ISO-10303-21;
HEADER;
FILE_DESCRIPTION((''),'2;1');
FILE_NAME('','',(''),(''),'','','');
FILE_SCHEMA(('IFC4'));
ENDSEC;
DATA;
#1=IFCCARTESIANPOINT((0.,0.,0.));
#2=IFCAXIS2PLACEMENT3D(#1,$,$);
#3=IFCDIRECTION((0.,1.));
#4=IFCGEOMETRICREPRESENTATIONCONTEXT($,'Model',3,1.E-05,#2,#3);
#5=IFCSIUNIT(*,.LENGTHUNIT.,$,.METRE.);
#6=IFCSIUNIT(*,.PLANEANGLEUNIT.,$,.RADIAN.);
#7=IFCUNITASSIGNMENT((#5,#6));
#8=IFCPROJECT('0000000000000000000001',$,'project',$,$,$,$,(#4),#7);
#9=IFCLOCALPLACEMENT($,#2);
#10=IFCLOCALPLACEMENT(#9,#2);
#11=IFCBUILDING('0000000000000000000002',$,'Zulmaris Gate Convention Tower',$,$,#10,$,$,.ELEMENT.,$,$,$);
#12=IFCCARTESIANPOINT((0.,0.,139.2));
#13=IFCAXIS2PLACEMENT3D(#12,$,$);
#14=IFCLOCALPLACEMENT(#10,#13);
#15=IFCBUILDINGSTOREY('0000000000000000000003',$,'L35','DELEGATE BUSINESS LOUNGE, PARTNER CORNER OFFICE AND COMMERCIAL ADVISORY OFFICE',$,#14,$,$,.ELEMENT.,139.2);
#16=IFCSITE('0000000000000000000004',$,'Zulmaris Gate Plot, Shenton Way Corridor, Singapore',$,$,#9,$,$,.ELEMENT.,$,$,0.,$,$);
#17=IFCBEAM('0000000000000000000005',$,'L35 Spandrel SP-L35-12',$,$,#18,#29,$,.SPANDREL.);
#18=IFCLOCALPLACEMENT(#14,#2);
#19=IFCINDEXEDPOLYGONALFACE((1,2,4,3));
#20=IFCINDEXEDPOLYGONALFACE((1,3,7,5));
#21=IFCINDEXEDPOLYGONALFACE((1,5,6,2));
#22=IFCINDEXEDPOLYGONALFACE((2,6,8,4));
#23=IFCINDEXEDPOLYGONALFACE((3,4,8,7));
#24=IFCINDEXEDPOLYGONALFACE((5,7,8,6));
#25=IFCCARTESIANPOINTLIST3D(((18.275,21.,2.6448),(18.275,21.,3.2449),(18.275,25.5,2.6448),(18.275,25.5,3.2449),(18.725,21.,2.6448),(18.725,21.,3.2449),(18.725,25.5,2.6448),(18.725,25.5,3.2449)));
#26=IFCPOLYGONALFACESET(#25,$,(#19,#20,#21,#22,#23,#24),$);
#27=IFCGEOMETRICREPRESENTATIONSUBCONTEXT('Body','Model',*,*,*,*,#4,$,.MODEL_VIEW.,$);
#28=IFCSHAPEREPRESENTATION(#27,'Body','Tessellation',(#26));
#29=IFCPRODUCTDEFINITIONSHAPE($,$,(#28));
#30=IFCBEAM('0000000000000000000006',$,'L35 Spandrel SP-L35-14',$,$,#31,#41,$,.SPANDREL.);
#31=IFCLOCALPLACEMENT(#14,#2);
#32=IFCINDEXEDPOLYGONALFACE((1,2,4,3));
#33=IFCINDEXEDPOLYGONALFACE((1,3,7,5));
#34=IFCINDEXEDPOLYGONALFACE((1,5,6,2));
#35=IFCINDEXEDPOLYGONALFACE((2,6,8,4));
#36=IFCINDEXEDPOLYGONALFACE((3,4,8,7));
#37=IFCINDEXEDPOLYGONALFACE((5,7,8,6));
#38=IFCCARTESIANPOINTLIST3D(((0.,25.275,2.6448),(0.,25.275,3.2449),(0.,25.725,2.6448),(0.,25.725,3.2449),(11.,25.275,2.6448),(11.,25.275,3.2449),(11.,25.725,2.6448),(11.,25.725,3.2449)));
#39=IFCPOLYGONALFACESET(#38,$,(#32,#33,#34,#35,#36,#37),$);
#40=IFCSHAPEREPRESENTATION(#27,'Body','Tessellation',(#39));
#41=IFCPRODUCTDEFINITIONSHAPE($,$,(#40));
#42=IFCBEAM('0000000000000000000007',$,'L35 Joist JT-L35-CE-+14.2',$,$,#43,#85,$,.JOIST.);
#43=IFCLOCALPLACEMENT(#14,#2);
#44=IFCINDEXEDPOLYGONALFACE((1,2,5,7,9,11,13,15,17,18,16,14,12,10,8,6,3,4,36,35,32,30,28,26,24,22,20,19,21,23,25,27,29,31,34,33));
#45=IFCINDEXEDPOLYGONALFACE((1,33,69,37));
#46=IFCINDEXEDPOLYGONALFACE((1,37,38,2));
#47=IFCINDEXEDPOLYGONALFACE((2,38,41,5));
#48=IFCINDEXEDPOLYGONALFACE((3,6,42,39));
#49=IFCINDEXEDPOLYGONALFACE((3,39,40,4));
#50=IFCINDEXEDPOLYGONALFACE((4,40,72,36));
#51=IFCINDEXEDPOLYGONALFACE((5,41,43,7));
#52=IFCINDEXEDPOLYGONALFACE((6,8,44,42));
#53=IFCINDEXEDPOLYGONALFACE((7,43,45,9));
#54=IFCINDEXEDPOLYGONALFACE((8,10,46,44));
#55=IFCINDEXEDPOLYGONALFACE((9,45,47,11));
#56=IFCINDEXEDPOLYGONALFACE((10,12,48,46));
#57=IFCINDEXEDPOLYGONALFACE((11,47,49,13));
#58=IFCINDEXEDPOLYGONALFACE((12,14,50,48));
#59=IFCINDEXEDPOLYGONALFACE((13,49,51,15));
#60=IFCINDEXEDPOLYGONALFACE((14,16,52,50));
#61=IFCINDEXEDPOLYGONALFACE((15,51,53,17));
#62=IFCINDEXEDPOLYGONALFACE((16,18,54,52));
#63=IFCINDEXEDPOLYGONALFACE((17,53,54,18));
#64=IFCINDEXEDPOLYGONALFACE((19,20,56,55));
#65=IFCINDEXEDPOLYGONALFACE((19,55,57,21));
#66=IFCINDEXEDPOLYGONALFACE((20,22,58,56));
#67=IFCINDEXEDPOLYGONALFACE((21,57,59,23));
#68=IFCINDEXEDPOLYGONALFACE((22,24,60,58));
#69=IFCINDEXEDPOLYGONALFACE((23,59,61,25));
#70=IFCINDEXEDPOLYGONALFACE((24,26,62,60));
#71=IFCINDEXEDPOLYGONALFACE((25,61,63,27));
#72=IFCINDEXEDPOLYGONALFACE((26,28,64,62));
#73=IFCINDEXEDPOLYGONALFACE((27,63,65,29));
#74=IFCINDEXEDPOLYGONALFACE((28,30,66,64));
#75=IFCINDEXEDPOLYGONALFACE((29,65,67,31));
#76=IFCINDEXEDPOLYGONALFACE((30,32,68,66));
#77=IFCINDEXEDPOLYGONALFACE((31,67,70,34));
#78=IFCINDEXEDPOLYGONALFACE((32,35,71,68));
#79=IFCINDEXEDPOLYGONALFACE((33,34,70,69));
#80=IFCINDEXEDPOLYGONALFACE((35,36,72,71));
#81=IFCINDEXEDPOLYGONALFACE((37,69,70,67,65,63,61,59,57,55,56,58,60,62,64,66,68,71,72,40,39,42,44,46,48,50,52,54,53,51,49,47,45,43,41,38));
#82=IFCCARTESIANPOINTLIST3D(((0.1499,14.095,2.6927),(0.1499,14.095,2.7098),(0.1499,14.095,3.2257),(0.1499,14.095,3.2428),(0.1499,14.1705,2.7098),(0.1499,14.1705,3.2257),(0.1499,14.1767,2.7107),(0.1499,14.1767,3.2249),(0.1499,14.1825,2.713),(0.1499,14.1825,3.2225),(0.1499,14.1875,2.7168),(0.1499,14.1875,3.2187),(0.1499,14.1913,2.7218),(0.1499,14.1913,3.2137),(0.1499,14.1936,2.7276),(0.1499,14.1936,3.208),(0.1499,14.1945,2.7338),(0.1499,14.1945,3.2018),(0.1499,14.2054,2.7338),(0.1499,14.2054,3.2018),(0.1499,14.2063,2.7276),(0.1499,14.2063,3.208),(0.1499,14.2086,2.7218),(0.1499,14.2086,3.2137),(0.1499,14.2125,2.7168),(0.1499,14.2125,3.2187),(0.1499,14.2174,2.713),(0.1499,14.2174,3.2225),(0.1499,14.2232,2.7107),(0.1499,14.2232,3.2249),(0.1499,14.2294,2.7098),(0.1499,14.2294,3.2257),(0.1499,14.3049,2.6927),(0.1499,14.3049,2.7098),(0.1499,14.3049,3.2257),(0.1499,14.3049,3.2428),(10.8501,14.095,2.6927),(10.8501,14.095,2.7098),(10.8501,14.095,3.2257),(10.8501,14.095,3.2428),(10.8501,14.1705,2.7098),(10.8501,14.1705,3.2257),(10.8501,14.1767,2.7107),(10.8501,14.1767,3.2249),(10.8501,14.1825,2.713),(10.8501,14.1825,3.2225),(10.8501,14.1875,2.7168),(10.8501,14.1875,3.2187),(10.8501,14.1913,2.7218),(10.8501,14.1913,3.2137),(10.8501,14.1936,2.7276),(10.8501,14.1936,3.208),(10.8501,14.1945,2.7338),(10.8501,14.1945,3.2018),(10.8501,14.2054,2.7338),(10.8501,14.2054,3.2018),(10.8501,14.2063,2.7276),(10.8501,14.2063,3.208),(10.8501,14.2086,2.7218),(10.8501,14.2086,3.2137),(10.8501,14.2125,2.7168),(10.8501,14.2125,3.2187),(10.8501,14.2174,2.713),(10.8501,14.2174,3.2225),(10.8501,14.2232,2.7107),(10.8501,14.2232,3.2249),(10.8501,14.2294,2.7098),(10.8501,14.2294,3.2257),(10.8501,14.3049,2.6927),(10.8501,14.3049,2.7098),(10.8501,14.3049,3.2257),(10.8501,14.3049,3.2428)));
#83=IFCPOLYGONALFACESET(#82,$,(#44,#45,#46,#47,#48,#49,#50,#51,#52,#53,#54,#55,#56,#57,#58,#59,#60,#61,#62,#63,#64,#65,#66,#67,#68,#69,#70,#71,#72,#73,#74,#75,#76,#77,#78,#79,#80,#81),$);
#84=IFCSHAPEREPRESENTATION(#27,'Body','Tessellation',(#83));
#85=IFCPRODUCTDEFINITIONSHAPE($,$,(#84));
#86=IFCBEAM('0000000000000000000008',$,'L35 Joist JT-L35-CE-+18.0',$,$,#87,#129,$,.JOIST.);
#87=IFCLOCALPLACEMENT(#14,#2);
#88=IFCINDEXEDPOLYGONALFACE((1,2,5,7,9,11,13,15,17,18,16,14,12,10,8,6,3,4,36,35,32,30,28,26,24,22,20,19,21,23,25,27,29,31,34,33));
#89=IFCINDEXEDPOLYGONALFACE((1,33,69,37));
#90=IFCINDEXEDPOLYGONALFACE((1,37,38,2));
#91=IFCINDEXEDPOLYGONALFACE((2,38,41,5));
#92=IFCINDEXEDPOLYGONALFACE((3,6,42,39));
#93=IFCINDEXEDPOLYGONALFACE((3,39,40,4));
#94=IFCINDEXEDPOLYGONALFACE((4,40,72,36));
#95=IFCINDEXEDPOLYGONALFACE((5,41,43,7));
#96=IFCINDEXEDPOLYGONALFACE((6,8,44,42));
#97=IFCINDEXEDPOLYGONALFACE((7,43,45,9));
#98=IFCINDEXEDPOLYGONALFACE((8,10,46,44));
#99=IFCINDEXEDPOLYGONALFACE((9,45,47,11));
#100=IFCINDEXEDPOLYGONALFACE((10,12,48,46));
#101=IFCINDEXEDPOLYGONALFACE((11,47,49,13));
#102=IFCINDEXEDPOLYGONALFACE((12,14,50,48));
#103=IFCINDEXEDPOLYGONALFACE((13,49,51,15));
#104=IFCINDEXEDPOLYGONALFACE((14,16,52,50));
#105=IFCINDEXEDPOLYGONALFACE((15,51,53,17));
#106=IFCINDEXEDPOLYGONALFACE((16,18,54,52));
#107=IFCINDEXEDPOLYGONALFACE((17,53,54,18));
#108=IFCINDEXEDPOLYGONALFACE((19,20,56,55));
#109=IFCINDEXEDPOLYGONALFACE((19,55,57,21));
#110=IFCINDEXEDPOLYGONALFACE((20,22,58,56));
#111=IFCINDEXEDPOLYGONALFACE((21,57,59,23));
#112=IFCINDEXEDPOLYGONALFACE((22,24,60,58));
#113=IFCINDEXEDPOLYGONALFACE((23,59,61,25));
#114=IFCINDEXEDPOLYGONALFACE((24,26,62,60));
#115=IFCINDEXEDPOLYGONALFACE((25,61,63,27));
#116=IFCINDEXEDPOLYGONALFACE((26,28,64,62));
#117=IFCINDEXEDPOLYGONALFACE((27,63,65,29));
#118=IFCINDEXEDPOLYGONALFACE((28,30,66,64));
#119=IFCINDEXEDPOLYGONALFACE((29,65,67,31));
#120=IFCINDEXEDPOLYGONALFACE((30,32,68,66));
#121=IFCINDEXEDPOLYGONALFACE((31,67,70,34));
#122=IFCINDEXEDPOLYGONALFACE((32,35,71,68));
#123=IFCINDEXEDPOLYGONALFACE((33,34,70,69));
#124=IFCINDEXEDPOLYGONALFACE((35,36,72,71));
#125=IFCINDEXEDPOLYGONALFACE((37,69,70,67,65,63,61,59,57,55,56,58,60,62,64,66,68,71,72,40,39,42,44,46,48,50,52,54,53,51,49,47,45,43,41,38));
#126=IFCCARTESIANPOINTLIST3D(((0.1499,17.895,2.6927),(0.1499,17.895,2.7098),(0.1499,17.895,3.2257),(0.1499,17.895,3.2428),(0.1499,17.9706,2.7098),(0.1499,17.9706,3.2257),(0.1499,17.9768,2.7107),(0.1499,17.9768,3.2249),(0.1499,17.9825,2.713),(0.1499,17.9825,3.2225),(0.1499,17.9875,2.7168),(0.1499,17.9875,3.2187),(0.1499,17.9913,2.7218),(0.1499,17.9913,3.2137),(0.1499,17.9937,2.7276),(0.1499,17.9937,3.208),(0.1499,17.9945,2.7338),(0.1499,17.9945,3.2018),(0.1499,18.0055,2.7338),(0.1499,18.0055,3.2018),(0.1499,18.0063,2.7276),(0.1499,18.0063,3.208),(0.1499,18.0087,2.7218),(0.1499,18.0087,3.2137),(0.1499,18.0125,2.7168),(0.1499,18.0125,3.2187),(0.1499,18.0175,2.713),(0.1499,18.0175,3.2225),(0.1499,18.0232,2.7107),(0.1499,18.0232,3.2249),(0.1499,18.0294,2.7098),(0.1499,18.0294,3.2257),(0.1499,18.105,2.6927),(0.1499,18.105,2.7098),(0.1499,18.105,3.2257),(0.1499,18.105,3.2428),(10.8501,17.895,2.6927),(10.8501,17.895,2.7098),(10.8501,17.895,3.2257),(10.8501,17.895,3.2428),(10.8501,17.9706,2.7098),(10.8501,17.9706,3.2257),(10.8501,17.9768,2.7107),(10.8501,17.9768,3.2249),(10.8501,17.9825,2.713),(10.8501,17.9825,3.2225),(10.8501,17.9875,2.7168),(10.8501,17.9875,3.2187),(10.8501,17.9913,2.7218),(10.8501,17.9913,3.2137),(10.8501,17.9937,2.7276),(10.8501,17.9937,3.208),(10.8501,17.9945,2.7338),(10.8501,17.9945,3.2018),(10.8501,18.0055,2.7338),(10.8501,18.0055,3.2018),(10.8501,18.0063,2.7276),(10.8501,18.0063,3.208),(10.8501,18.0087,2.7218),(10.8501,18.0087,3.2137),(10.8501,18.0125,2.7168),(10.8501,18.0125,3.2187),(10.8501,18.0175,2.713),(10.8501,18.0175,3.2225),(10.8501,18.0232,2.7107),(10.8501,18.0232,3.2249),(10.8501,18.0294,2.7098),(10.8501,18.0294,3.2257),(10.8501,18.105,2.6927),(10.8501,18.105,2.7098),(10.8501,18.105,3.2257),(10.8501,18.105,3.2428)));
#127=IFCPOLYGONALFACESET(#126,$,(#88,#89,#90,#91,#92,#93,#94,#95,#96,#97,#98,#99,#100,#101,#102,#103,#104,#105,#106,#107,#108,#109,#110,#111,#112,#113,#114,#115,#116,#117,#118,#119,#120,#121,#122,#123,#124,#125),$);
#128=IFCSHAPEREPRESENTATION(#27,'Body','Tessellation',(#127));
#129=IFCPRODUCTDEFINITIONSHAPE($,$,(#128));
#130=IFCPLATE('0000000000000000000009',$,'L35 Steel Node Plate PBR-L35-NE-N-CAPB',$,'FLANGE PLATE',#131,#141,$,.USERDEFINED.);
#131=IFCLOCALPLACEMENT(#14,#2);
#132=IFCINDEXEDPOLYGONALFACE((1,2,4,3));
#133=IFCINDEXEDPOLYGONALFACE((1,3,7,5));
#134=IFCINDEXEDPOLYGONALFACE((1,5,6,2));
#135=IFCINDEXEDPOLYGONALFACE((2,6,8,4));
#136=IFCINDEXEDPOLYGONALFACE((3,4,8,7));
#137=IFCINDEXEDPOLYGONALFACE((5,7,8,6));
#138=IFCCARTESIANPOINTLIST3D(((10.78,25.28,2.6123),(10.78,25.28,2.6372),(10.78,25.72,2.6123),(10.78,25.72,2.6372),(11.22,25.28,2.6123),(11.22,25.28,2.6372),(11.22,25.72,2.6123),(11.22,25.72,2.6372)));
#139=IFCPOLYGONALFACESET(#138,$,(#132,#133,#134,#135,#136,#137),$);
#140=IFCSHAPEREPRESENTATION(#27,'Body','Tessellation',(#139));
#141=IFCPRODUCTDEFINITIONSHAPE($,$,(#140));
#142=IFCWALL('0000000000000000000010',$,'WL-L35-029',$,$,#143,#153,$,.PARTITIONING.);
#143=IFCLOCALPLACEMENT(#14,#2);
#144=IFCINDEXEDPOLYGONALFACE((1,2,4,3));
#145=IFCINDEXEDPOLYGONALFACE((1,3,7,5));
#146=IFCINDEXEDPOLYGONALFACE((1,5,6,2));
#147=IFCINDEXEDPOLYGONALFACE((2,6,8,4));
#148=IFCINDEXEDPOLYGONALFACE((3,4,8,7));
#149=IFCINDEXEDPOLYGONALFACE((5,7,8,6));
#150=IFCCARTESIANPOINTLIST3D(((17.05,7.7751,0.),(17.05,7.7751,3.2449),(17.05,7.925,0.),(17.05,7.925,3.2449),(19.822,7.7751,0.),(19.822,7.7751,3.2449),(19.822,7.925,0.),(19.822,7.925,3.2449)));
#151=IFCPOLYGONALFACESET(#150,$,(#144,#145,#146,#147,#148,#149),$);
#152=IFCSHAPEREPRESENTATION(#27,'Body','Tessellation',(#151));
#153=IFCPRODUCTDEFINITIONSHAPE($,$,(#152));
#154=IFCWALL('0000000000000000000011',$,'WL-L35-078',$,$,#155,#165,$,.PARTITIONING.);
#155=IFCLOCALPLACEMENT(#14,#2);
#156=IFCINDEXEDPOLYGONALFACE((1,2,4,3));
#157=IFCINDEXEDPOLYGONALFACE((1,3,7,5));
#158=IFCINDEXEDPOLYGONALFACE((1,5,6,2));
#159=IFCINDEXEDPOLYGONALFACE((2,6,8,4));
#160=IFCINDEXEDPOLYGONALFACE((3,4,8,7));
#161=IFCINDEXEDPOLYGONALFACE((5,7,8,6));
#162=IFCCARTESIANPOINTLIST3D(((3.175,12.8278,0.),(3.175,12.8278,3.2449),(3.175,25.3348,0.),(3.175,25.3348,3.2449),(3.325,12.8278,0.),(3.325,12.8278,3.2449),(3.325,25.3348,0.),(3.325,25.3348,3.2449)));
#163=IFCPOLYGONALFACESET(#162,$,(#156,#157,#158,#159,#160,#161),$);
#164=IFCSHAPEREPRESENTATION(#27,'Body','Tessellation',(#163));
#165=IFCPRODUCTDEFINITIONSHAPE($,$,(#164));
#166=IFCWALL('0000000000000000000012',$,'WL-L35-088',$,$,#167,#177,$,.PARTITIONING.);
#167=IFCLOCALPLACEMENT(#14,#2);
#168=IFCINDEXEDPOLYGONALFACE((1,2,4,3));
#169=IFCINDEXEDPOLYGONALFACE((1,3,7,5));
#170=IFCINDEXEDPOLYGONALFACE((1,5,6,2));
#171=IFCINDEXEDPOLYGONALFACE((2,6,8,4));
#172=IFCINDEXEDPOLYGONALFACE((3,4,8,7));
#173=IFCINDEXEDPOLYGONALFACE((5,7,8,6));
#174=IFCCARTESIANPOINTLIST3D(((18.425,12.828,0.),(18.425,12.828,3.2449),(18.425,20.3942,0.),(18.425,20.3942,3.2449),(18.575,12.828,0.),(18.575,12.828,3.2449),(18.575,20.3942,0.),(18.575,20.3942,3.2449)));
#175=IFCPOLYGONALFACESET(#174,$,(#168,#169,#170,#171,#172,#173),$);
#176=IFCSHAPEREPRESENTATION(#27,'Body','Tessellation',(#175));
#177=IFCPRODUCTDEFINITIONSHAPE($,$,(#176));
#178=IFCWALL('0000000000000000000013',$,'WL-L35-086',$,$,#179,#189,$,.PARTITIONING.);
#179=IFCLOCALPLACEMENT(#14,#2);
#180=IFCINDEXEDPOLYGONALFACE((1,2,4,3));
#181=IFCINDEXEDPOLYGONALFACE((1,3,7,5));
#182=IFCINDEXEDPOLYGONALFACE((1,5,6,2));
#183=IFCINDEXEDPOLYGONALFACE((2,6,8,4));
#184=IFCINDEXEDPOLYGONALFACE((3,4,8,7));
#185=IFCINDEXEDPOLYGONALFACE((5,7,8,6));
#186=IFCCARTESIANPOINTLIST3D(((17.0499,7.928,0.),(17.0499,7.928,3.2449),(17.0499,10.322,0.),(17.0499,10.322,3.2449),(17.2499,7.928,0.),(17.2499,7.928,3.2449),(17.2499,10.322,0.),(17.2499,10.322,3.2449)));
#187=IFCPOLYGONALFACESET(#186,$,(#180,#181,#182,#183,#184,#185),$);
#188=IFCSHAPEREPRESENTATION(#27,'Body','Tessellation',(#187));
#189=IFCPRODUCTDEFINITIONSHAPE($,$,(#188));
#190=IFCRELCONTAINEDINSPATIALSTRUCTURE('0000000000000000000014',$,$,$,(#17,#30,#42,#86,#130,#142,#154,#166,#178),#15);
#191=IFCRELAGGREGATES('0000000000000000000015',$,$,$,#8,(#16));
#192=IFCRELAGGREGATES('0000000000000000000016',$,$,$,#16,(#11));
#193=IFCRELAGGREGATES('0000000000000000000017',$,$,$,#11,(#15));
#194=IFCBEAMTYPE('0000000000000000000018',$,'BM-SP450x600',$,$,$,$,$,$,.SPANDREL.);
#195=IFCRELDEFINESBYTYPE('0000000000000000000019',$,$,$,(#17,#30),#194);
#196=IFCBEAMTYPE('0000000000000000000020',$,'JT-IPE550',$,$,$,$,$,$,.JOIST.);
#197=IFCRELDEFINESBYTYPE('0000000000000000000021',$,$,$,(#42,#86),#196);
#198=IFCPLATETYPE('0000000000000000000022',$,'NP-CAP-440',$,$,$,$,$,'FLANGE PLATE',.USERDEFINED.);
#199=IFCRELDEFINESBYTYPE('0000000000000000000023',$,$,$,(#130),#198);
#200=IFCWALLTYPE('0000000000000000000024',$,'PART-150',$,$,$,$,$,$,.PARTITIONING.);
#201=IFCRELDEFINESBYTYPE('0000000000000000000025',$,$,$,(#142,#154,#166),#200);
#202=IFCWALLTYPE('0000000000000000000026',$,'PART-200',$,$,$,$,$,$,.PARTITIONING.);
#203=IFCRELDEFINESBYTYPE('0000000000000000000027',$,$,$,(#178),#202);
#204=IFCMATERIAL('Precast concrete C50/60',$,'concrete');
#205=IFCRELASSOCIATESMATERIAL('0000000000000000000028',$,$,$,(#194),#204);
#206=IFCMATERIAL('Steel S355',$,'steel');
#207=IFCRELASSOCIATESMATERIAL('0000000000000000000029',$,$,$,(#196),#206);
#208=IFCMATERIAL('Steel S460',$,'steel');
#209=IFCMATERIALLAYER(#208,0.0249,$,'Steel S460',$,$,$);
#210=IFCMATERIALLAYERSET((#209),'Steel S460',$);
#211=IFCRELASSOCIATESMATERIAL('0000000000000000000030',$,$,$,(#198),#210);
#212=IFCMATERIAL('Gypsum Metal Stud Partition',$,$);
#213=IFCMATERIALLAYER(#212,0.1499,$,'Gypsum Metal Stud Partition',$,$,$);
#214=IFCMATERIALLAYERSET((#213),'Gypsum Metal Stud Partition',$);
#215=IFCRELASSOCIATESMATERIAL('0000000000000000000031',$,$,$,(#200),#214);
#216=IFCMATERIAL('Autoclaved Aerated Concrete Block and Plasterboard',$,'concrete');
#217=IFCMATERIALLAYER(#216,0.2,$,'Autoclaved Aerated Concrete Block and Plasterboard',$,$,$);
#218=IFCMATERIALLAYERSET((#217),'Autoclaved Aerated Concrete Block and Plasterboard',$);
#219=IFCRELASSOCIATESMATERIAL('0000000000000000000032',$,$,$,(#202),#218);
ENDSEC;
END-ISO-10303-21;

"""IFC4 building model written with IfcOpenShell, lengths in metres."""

from ifc_helpers import new_model, si_unit, direction, frame, frame_2d, origin, origin_2d, place, context, subcontext, project, spatial, rectangle, i_section, extrude, material, layer, layer_set, material_profile, profile_set, type_object, element, save


model = new_model("IFC4")

# Units and contexts
model_context = context("Model", 3, precision=1e-05, world=origin(), true_north=direction((0.0, 1.0)))
body_context = subcontext(model_context, "Body", "Model", "MODEL_VIEW")
ifc_project = project(units=[si_unit("LENGTHUNIT", "METRE"), si_unit("PLANEANGLEUNIT", "RADIAN")], contexts=[model_context])

# Site, building, storey
site_placement = place(None, origin())
site = spatial("IfcSite", under=ifc_project, at=site_placement, Name="Zulmaris Gate Plot, Shenton Way Corridor, Singapore", CompositionType="ELEMENT", RefElevation=0.0)
building_placement = place(site_placement, origin())
building = spatial("IfcBuilding", under=site, at=building_placement, Name="Zulmaris Gate Convention Tower", CompositionType="ELEMENT")
storey_placement = place(building_placement, frame((0.0, 0.0, 139.2)))
storey = spatial("IfcBuildingStorey", under=building, at=storey_placement, Name="L35", Description="DELEGATE BUSINESS LOUNGE, PARTNER CORNER OFFICE AND COMMERCIAL ADVISORY OFFICE", CompositionType="ELEMENT", Elevation=139.2)

# Beams
ifc_material_1 = material(Name="Steel S355", Category="steel")
ifc_material_2 = material(Name="Precast concrete C50/60", Category="concrete")
ifc_material_profile_1 = material_profile(ifc_material_2, rectangle(XDim=0.45, YDim=0.6001, at=origin_2d()), Name="RC SPANDREL 450x600")
ifc_profile_set_1 = profile_set([ifc_material_profile_1], Name="Precast concrete C50/60")
beam_type_1 = type_object("IfcBeamType", Name="BM-SP450x600", PredefinedType="SPANDREL", material=ifc_profile_set_1)
beam_1_placement = place(storey_placement, frame((18.5, 21.0, 2.9448), z_axis=(0.0, 1.0, 0.0), x_axis=(-1.0, 0.0, 0.0)))
element("IfcBeam", 1, at=beam_1_placement, inside=storey, type_object=beam_type_1, Name="L35 Spandrel SP-L35-12", PredefinedType="SPANDREL", context=body_context, shape_type="SweptSolid", body=[
    extrude(rectangle(XDim=0.45, YDim=0.6001, at=origin_2d()), origin(), (0.0, 0.0, 1.0), 4.5),
])
beam_2_placement = place(storey_placement, frame((11.0, 25.5, 2.9448), z_axis=(-1.0, 0.0, 0.0), x_axis=(0.0, -1.0, 0.0)))
element("IfcBeam", 2, at=beam_2_placement, inside=storey, type_object=beam_type_1, Name="L35 Spandrel SP-L35-14", PredefinedType="SPANDREL", context=body_context, shape_type="SweptSolid", body=[
    extrude(rectangle(XDim=0.45, YDim=0.6001, at=origin_2d()), origin(), (0.0, 0.0, 1.0), 11.0),
])
ifc_material_profile_2 = material_profile(ifc_material_1, i_section(OverallWidth=0.21, OverallDepth=0.55, WebThickness=0.011, FlangeThickness=0.0171, FilletRadius=0.0239, at=origin_2d()), Name="IPE 550")
ifc_profile_set_2 = profile_set([ifc_material_profile_2], Name="Steel S355")
beam_type_2 = type_object("IfcBeamType", Name="JT-IPE550", PredefinedType="JOIST", material=ifc_profile_set_2)
for number, where, z_axis, x_axis, name in (
    (3, (0.1499, 14.2, 2.9678), (1.0, 0.0, 0.0), (0.0, 1.0, 0.0), "L35 Joist JT-L35-CE-+14.2"),
    (4, (0.1499, 18.0, 2.9678), (1.0, 0.0, 0.0), (0.0, 1.0, 0.0), "L35 Joist JT-L35-CE-+18.0"),
):
    element("IfcBeam", number, at=place(storey_placement, frame(where, z_axis=z_axis, x_axis=x_axis)), inside=storey, type_object=beam_type_2, Name=name, PredefinedType="JOIST", context=body_context, shape_type="SweptSolid", body=[
        extrude(i_section(OverallWidth=0.21, OverallDepth=0.55, WebThickness=0.011, FlangeThickness=0.0171, FilletRadius=0.0239, at=origin_2d()), origin(), (0.0, 0.0, 1.0), 10.7002),
    ])

# Plate
ifc_material_3 = material(Name="Steel S460", Category="steel")
ifc_layer_1 = layer(ifc_material_3, 0.0249, Name="Steel S460")
ifc_layer_set_1 = layer_set([ifc_layer_1], Name="Steel S460")
plate_type = type_object("IfcPlateType", Name="NP-CAP-440", ElementType="FLANGE PLATE", PredefinedType="USERDEFINED", material=ifc_layer_set_1)
plate_placement = place(storey_placement, frame((11.0, 25.5, 2.6123), z_axis=(0.0, 0.0, 1.0), x_axis=(1.0, 0.0, 0.0)))
element("IfcPlate", 5, at=plate_placement, inside=storey, type_object=plate_type, Name="L35 Steel Node Plate PBR-L35-NE-N-CAPB", ObjectType="FLANGE PLATE", PredefinedType="USERDEFINED", context=body_context, shape_type="SweptSolid", body=[
    extrude(rectangle(XDim=0.4399, YDim=0.4399, at=origin_2d()), origin(), (0.0, 0.0, 1.0), 0.0249),
])

# Walls
ifc_material_4 = material(Name="Gypsum Metal Stud Partition")
ifc_layer_2 = layer(ifc_material_4, 0.1499, Name="Gypsum Metal Stud Partition")
ifc_layer_set_2 = layer_set([ifc_layer_2], Name="Gypsum Metal Stud Partition")
wall_type_1 = type_object("IfcWallType", Name="PART-150", PredefinedType="PARTITIONING", material=ifc_layer_set_2)
wall_1_placement = place(storey_placement, frame((17.05, 7.8501, 0.0), z_axis=(0.0, 0.0, 1.0), x_axis=(1.0, 0.0, 0.0)))
element("IfcWall", 6, at=wall_1_placement, inside=storey, type_object=wall_type_1, Name="WL-L35-029", PredefinedType="PARTITIONING", context=body_context, shape_type="SweptSolid", body=[
    extrude(rectangle(XDim=2.772, YDim=0.1499, at=frame_2d((1.386, 0.0))), origin(), (0.0, 0.0, 1.0), 3.2449),
])
wall_2_placement = place(storey_placement, frame((3.25, 12.8279, 0.0), z_axis=(0.0, 0.0, 1.0), x_axis=(0.0, 1.0, 0.0)))
element("IfcWall", 7, at=wall_2_placement, inside=storey, type_object=wall_type_1, Name="WL-L35-078", PredefinedType="PARTITIONING", context=body_context, shape_type="SweptSolid", body=[
    extrude(rectangle(XDim=12.5071, YDim=0.1499, at=frame_2d((6.2534, 0.0))), origin(), (0.0, 0.0, 1.0), 3.2449),
])
wall_3_placement = place(storey_placement, frame((18.5, 12.8279, 0.0), z_axis=(0.0, 0.0, 1.0), x_axis=(0.0, 1.0, 0.0)))
element("IfcWall", 8, at=wall_3_placement, inside=storey, type_object=wall_type_1, Name="WL-L35-088", PredefinedType="PARTITIONING", context=body_context, shape_type="SweptSolid", body=[
    extrude(rectangle(XDim=7.5662, YDim=0.1499, at=frame_2d((3.7832, 0.0))), origin(), (0.0, 0.0, 1.0), 3.2449),
])
ifc_material_5 = material(Name="Autoclaved Aerated Concrete Block and Plasterboard", Category="concrete")
ifc_layer_3 = layer(ifc_material_5, 0.2, Name="Autoclaved Aerated Concrete Block and Plasterboard")
ifc_layer_set_3 = layer_set([ifc_layer_3], Name="Autoclaved Aerated Concrete Block and Plasterboard")
wall_type_2 = type_object("IfcWallType", Name="PART-200", PredefinedType="PARTITIONING", material=ifc_layer_set_3)
wall_4_placement = place(storey_placement, frame((17.1499, 7.928, 0.0), z_axis=(0.0, 0.0, 1.0), x_axis=(0.0, 1.0, 0.0)))
element("IfcWall", 9, at=wall_4_placement, inside=storey, type_object=wall_type_2, Name="WL-L35-086", PredefinedType="PARTITIONING", context=body_context, shape_type="SweptSolid", body=[
    extrude(rectangle(XDim=2.394, YDim=0.2, at=frame_2d((1.197, 0.0))), origin(), (0.0, 0.0, 1.0), 3.2449),
])

save(model, "model.ifc")
